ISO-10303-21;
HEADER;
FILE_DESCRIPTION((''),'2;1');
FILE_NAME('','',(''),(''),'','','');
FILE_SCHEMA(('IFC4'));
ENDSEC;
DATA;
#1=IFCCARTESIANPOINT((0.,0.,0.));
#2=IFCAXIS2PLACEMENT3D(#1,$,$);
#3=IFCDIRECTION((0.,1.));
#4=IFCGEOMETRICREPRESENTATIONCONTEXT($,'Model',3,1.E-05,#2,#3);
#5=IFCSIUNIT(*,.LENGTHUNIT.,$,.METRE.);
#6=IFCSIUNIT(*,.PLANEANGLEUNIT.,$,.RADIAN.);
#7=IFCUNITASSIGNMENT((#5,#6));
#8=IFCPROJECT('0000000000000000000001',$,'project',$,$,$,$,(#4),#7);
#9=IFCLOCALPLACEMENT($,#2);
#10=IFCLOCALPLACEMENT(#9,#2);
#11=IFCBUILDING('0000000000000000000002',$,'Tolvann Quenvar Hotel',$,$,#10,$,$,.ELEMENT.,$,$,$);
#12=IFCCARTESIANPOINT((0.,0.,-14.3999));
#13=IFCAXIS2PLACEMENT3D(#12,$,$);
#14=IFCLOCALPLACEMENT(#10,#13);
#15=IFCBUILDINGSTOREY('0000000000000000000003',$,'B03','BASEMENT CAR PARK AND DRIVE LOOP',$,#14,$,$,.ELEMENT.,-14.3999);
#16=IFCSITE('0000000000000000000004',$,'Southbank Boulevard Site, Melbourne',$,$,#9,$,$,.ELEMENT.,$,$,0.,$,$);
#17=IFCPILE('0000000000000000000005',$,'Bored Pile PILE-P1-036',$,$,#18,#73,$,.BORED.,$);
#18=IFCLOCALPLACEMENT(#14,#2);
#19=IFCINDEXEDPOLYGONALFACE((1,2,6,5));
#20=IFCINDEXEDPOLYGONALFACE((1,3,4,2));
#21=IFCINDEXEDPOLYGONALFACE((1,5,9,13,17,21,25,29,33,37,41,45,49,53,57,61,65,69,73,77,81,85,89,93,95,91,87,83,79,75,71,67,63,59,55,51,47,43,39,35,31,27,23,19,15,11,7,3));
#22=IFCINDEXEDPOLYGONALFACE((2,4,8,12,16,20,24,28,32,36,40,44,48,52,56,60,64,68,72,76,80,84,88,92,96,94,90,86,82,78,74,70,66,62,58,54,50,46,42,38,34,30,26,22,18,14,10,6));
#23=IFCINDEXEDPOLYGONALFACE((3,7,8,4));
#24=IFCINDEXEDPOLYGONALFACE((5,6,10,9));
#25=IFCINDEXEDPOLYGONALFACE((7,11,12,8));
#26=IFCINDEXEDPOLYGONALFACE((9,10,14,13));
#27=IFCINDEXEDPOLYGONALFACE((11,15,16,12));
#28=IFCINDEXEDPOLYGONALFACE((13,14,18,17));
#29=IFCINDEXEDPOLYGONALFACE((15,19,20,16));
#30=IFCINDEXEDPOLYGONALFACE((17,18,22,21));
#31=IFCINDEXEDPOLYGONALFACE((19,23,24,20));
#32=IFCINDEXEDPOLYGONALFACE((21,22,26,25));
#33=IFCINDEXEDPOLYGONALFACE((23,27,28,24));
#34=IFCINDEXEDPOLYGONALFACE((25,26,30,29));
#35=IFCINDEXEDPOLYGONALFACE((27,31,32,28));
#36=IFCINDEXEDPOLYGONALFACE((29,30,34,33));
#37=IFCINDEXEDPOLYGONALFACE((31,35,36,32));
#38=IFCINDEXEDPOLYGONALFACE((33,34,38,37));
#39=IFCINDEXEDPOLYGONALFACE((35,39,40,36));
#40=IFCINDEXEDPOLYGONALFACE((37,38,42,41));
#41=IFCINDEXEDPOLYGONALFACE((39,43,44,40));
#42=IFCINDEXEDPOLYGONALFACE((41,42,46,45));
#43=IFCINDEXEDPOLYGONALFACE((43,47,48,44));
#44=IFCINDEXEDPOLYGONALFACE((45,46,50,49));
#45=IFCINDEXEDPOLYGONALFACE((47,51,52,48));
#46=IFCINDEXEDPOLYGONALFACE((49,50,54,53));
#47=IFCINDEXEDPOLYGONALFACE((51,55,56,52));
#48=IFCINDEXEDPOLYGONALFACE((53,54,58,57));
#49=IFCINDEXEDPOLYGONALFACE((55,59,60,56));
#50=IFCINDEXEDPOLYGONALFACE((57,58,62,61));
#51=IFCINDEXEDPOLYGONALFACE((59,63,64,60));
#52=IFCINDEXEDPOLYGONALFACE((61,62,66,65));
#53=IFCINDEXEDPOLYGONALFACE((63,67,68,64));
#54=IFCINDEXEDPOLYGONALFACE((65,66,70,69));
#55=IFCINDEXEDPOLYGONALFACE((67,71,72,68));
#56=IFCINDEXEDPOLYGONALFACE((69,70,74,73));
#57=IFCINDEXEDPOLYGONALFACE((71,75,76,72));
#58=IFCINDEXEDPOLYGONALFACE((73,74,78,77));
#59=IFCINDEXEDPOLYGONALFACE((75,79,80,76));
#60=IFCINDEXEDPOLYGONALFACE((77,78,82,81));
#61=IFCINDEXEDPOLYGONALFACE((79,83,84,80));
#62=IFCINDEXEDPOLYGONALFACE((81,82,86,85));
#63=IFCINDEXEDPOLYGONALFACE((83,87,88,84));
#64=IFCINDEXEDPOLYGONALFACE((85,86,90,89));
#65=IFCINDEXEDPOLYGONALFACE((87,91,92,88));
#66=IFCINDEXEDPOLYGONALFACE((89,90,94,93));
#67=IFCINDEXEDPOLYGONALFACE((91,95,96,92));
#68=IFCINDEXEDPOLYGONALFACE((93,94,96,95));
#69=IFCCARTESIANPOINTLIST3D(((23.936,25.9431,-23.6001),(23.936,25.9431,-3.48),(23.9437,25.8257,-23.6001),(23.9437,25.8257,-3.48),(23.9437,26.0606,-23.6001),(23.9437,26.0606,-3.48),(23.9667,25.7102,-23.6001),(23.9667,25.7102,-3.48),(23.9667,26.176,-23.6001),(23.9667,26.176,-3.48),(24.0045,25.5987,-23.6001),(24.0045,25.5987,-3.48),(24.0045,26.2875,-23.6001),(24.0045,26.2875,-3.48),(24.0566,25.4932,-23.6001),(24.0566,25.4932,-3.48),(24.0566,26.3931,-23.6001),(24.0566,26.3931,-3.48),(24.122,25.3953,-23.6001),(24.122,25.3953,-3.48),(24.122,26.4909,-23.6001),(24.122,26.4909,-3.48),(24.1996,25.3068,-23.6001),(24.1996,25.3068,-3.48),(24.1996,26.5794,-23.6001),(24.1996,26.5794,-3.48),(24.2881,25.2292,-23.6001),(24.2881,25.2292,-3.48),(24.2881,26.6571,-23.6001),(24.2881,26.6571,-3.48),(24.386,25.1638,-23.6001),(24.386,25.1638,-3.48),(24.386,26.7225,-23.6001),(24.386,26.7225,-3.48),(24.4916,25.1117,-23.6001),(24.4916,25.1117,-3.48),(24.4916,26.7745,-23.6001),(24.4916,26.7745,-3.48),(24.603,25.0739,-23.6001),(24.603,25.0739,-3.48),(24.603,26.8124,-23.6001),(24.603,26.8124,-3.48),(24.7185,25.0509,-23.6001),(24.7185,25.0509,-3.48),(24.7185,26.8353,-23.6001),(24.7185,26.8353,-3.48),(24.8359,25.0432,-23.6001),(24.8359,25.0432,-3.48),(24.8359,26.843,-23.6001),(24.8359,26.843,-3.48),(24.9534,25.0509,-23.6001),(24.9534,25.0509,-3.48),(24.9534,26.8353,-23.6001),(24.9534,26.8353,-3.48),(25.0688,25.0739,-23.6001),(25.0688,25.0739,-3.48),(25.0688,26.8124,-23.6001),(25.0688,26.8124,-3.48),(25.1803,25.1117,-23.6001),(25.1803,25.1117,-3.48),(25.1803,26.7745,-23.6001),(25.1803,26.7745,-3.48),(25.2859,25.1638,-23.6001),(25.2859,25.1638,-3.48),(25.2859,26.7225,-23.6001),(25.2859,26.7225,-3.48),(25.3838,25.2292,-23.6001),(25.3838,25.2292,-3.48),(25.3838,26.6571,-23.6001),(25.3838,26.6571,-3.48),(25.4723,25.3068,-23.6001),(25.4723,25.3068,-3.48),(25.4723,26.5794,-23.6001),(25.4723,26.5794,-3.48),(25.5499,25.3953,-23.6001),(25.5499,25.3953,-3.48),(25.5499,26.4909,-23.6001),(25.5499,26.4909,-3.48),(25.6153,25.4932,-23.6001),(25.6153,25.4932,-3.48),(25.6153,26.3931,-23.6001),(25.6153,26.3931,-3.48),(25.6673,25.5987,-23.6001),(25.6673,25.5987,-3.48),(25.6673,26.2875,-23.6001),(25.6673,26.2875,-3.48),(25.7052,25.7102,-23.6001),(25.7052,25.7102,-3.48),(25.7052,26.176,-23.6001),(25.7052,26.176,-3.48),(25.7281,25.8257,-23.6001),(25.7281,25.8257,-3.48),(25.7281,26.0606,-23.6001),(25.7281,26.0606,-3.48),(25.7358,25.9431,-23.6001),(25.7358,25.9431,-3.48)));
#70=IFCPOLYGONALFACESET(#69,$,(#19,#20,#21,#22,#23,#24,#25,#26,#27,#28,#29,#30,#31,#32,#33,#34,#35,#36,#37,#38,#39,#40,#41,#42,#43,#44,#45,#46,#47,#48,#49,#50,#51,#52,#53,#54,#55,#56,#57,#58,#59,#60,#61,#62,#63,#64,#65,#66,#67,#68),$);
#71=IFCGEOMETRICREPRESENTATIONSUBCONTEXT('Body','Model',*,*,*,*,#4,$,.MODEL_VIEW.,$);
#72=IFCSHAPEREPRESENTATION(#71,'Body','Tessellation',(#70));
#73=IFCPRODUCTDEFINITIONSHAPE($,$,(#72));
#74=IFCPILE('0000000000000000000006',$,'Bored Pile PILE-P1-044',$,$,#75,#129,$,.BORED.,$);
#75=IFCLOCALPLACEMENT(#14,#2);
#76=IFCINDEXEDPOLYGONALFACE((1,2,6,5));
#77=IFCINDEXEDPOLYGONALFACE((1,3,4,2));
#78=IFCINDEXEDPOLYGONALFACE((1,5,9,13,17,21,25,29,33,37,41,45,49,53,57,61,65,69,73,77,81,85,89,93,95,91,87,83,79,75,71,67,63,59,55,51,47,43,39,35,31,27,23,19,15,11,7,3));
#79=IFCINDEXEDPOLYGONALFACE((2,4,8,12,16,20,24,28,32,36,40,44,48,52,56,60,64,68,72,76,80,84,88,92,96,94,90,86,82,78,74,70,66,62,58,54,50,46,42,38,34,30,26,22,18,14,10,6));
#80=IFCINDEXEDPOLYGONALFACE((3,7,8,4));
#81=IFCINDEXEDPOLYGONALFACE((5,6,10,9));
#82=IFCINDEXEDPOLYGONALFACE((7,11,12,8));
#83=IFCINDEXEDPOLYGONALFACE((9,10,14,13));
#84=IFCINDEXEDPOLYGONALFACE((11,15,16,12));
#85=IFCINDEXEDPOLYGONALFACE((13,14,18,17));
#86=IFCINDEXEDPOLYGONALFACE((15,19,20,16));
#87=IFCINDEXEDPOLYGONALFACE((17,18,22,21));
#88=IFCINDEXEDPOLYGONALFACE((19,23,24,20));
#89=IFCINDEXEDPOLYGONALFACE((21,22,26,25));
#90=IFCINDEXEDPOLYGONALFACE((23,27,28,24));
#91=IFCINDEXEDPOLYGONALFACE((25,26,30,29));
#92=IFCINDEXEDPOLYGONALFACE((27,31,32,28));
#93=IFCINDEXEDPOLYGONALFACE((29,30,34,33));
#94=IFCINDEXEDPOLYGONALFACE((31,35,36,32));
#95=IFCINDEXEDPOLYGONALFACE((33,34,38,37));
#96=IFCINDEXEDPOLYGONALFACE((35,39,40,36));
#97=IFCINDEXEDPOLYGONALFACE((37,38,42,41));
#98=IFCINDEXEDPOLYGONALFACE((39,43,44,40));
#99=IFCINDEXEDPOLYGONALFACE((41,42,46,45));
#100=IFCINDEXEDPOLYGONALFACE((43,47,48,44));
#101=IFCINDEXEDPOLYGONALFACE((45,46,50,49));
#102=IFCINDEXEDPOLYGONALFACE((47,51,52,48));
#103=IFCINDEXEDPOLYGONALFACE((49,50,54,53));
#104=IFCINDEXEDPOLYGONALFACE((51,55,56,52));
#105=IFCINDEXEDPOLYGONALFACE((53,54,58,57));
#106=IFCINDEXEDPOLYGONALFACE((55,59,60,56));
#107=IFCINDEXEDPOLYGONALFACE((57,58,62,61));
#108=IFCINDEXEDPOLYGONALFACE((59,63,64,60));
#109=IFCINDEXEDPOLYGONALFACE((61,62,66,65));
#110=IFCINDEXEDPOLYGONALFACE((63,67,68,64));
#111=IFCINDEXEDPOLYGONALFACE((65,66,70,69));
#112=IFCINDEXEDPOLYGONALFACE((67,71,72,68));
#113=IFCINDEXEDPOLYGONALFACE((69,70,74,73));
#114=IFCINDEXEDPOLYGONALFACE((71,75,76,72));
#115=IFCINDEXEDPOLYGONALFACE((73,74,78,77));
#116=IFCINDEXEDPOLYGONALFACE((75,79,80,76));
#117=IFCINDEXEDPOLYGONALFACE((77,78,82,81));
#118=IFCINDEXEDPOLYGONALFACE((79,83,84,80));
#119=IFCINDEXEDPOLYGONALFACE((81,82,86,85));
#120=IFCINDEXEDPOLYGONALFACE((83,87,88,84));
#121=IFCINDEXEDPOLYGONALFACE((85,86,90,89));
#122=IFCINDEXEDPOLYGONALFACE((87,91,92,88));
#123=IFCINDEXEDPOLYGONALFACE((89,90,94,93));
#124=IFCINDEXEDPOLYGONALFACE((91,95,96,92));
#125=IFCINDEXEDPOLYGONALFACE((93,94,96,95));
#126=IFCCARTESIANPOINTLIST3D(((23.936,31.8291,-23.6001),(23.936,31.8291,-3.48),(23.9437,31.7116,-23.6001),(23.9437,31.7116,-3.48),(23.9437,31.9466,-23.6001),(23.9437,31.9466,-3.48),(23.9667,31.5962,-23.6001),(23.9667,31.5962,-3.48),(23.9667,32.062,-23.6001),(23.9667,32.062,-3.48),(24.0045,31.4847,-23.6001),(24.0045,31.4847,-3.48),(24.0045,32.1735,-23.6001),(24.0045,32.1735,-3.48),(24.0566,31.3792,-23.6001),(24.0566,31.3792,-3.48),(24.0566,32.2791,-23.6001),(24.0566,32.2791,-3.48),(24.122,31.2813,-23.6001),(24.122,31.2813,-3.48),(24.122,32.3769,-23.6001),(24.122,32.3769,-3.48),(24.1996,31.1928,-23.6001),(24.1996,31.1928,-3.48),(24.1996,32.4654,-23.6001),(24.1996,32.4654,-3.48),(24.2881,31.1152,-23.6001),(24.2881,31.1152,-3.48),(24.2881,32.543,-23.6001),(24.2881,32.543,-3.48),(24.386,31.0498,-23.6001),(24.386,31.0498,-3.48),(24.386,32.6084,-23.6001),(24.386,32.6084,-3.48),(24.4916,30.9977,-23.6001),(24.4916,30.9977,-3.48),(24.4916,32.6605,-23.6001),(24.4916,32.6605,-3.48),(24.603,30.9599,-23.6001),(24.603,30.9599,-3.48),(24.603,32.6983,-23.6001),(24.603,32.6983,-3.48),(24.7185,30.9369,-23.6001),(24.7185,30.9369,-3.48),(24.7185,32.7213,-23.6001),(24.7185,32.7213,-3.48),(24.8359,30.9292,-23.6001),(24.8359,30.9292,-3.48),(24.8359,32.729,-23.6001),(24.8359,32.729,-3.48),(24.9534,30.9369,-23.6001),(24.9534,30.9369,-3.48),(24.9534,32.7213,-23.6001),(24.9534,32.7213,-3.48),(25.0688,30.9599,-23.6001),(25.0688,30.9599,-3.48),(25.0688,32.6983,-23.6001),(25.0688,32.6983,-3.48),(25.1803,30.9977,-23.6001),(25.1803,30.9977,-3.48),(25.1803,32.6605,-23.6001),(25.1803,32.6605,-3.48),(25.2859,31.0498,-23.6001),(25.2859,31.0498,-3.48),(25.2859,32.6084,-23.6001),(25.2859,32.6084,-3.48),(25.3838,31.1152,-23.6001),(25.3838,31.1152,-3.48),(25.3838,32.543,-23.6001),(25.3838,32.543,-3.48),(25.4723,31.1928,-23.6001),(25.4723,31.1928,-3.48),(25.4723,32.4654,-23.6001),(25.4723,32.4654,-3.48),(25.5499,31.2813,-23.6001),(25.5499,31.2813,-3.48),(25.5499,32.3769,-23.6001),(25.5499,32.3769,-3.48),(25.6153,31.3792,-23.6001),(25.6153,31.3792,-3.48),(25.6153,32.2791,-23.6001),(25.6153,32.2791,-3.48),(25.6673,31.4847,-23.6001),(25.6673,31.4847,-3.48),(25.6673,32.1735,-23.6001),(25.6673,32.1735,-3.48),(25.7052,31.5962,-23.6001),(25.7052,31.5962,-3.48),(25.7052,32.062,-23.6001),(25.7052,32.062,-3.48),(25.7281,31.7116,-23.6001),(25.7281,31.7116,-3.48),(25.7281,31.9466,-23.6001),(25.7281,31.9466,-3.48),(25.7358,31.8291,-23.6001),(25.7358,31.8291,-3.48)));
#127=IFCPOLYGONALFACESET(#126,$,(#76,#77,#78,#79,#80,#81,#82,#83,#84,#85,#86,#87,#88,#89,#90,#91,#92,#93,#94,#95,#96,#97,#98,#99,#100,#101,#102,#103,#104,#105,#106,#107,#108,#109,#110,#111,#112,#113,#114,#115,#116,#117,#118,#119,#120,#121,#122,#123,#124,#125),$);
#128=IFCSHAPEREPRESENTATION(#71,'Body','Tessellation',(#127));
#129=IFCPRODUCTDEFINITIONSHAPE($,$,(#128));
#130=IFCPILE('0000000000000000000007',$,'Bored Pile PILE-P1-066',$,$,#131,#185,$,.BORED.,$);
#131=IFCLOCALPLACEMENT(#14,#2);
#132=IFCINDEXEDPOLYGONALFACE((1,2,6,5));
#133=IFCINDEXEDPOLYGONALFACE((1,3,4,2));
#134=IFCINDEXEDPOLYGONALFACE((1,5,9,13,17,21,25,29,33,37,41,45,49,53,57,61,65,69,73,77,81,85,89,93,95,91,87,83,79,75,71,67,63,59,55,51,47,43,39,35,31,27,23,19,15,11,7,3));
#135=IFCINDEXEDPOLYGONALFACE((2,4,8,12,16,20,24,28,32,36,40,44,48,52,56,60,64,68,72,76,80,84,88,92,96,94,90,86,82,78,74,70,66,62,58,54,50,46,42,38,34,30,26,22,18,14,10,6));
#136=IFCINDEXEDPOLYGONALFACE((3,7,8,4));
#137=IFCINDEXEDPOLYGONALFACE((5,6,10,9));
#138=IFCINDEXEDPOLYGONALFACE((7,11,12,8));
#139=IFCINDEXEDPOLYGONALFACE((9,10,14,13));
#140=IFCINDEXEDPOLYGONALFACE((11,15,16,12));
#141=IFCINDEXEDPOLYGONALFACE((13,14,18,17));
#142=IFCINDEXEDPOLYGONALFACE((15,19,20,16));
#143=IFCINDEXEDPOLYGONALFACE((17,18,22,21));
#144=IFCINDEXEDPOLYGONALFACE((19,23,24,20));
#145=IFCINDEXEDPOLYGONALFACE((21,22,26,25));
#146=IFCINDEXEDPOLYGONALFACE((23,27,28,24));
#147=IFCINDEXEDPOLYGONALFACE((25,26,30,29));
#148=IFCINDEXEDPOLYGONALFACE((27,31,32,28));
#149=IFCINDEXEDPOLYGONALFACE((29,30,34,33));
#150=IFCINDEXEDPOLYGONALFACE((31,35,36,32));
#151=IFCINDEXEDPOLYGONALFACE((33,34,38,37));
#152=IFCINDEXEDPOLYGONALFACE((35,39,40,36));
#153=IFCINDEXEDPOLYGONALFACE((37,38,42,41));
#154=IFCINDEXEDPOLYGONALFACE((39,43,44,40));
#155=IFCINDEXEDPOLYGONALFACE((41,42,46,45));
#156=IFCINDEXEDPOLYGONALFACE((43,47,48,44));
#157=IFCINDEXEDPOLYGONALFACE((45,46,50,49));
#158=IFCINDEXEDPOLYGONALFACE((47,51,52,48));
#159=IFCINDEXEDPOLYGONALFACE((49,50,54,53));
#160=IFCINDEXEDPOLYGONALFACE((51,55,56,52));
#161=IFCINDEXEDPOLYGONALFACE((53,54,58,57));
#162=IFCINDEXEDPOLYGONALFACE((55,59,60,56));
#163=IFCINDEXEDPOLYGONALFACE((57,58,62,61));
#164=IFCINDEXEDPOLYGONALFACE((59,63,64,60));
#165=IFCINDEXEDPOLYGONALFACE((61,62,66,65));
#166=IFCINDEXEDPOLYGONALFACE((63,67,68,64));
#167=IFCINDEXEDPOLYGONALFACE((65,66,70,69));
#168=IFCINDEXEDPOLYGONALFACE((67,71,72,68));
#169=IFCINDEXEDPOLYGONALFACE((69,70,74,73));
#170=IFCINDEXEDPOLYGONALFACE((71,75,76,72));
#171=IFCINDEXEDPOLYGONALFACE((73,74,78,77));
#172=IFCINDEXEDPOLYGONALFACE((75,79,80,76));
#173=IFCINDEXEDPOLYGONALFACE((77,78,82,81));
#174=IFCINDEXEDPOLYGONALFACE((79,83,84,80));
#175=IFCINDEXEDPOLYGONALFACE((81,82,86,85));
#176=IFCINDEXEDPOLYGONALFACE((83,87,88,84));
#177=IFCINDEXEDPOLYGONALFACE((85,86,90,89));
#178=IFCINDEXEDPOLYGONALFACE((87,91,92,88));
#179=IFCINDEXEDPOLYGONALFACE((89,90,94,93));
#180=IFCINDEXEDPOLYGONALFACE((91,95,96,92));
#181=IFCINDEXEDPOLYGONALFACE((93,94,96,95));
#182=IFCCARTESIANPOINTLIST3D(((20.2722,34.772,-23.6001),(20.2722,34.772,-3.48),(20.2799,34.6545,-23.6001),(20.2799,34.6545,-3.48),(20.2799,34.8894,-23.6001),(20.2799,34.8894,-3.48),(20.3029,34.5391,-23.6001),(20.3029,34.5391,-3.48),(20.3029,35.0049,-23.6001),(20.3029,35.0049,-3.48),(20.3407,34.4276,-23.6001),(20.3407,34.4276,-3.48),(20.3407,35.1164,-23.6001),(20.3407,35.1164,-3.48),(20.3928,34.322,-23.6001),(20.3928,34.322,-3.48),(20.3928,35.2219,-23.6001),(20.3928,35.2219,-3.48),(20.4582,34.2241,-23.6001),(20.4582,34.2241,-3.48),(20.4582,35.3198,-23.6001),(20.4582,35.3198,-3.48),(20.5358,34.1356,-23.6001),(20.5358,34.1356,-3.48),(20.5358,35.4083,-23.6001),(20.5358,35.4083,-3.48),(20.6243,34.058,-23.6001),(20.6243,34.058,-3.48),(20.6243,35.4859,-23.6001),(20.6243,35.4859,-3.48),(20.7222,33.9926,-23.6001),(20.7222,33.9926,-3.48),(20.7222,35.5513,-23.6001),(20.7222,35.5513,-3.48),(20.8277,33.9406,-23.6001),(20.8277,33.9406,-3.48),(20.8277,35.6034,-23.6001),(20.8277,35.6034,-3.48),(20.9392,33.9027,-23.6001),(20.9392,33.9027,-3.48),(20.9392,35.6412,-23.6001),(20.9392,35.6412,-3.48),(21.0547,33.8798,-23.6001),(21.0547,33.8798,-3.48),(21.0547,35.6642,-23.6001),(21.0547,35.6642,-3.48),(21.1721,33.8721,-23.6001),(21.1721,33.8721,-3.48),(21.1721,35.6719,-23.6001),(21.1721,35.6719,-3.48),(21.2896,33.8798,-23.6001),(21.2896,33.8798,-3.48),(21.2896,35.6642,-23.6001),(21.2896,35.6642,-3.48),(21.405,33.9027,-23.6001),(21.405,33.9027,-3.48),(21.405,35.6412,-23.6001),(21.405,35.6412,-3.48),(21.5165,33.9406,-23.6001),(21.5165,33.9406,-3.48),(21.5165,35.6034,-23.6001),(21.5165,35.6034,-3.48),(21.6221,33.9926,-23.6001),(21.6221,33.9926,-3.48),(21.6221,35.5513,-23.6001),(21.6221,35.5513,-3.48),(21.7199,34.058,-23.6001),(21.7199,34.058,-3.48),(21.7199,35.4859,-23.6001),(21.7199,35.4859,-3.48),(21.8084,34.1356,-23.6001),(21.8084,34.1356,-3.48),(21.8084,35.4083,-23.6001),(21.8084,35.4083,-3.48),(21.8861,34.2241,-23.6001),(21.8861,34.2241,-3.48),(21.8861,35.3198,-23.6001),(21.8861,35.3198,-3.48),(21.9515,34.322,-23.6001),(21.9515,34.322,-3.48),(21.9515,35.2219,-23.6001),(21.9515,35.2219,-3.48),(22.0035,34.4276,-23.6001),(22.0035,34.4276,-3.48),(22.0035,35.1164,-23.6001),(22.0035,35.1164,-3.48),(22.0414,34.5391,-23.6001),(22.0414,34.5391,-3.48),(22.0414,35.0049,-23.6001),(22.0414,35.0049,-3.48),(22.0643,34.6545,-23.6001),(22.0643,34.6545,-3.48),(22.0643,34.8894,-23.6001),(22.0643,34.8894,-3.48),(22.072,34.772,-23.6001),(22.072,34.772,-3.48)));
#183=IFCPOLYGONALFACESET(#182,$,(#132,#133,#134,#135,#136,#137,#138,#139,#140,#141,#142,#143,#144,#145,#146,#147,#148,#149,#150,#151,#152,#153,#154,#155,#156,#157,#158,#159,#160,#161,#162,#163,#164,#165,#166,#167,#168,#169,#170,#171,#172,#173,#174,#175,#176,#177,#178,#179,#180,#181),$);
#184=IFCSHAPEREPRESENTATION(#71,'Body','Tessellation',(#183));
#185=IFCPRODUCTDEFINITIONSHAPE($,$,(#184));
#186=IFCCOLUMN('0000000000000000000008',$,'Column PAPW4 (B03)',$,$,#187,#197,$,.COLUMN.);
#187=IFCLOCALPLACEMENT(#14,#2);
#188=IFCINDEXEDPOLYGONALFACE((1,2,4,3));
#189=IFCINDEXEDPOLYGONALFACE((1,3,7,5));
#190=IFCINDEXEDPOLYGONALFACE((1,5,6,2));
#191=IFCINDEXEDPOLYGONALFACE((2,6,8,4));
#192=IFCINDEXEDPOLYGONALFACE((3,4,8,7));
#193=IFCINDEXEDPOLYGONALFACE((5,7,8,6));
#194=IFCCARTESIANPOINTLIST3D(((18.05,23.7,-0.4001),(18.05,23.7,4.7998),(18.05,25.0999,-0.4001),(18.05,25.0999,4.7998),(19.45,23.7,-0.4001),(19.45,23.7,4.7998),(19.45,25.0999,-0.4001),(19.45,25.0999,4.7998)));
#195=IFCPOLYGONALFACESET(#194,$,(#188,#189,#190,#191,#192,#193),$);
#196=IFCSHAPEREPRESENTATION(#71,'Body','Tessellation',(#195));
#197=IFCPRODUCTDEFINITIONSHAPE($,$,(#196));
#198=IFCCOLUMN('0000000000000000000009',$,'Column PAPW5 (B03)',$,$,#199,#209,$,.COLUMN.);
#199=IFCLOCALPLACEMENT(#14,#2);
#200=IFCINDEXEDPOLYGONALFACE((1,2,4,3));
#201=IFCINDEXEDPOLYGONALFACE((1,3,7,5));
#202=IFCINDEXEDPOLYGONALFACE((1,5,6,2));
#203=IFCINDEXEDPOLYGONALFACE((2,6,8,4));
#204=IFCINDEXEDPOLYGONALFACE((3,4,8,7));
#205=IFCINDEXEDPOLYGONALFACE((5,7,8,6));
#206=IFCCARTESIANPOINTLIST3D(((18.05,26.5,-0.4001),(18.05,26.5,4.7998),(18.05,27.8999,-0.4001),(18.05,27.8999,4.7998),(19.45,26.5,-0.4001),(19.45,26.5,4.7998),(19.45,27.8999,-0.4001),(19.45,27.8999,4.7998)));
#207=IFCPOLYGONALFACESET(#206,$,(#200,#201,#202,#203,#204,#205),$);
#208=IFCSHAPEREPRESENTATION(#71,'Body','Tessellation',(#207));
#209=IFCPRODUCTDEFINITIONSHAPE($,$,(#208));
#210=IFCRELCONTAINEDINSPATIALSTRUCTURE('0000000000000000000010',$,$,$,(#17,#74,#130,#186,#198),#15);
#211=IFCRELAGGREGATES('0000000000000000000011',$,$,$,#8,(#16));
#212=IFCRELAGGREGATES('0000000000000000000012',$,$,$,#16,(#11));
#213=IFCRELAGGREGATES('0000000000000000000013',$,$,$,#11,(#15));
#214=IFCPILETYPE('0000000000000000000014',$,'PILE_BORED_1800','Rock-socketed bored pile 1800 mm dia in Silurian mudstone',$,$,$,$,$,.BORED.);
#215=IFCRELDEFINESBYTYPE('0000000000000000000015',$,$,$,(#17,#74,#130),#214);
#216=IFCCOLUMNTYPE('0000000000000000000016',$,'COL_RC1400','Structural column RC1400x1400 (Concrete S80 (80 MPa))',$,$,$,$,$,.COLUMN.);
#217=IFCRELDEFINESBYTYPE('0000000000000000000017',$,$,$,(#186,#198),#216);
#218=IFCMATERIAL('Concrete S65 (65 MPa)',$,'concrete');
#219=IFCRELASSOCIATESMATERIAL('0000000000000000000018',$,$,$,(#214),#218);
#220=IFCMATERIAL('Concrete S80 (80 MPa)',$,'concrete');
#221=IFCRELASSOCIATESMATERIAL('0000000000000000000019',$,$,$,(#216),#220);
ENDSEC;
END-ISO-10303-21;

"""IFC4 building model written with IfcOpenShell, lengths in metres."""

from ifc_helpers import new_model, si_unit, direction, frame, origin, origin_2d, place, context, subcontext, project, spatial, rectangle, circle, extrude, source, transform, mapped, material, material_profile, profile_set, type_object, type_shapes, element, save


model = new_model("IFC4")

# Units and contexts
model_context = context("Model", 3, precision=1e-05, world=origin(), true_north=direction((0.0, 1.0)))
body_context = subcontext(model_context, "Body", "Model", "MODEL_VIEW")
ifc_project = project(units=[si_unit("LENGTHUNIT", "METRE"), si_unit("PLANEANGLEUNIT", "RADIAN")], contexts=[model_context])

# Site, building, storey
site_placement = place(None, origin())
site = spatial("IfcSite", under=ifc_project, at=site_placement, Name="Southbank Boulevard Site, Melbourne", CompositionType="ELEMENT", RefElevation=0.0)
building_placement = place(site_placement, origin())
building = spatial("IfcBuilding", under=site, at=building_placement, Name="Tolvann Quenvar Hotel", CompositionType="ELEMENT")
storey_placement = place(building_placement, frame((0.0, 0.0, -14.3999)))
storey = spatial("IfcBuildingStorey", under=building, at=storey_placement, Name="B03", Description="BASEMENT CAR PARK AND DRIVE LOOP", CompositionType="ELEMENT", Elevation=-14.3999)

# Piles
ifc_material_1 = material(Name="Concrete S65 (65 MPa)", Category="concrete")
ifc_material_profile_1 = material_profile(ifc_material_1, circle(Radius=0.8999, at=origin_2d()), Name="PILE1800")
ifc_profile_set_1 = profile_set([ifc_material_profile_1], Name="Concrete S65 (65 MPa)")
pile_type = type_object("IfcPileType", Name="PILE_BORED_1800", Description="Rock-socketed bored pile 1800 mm dia in Silurian mudstone", PredefinedType="BORED", material=ifc_profile_set_1)
for number, where, z_axis, x_axis, name in (
    (1, (24.8359, 25.9431, -3.48), (0.0, 0.0, -1.0), (1.0, 0.0, 0.0), "Bored Pile PILE-P1-036"),
    (2, (24.8359, 31.8291, -3.48), (0.0, 0.0, -1.0), (1.0, 0.0, 0.0), "Bored Pile PILE-P1-044"),
    (3, (21.1721, 34.772, -3.48), (0.0, 0.0, -1.0), (1.0, 0.0, 0.0), "Bored Pile PILE-P1-066"),
):
    element("IfcPile", number, at=place(storey_placement, frame(where, z_axis=z_axis, x_axis=x_axis)), inside=storey, type_object=pile_type, Name=name, PredefinedType="BORED", context=body_context, shape_type="SweptSolid", body=[
        extrude(circle(Radius=0.8999, at=origin_2d()), origin(), (0.0, 0.0, 1.0), 20.1201),
    ])

# Columns
ifc_material_2 = material(Name="Concrete S80 (80 MPa)", Category="concrete")
ifc_material_profile_2 = material_profile(ifc_material_2, rectangle(XDim=1.3999, YDim=1.3999, at=origin_2d()), Name="RC1400x1400")
ifc_profile_set_2 = profile_set([ifc_material_profile_2], Name="Concrete S80 (80 MPa)")
column_type = type_object("IfcColumnType", Name="COL_RC1400", Description="Structural column RC1400x1400 (Concrete S80 (80 MPa))", PredefinedType="COLUMN", material=ifc_profile_set_2)
shared_shape_1 = source(origin(), body_context, "Body", "SweptSolid", [
    extrude(rectangle(XDim=1.3999, YDim=1.3999, at=origin_2d()), origin(), (0.0, 0.0, 1.0), 5.2),
])
type_shapes(column_type, [shared_shape_1])
for number, where, z_axis, x_axis, name in (
    (4, (18.75, 24.3999, -0.4001), (0.0, 0.0, 1.0), (1.0, 0.0, 0.0), "Column PAPW4 (B03)"),
    (5, (18.75, 27.2, -0.4001), (0.0, 0.0, 1.0), (1.0, 0.0, 0.0), "Column PAPW5 (B03)"),
):
    element("IfcColumn", number, at=place(storey_placement, frame(where, z_axis=z_axis, x_axis=x_axis)), inside=storey, type_object=column_type, Name=name, PredefinedType="COLUMN", context=body_context, shape_type="MappedRepresentation", body=[
        mapped(shared_shape_1, transform((0.0, 0.0, 0.0), x_axis=(1.0, 0.0, 0.0), y_axis=(0.0, 1.0, 0.0), z_axis=(0.0, 0.0, 1.0), scale=1.0)),
    ])

save(model, "model.ifc")
